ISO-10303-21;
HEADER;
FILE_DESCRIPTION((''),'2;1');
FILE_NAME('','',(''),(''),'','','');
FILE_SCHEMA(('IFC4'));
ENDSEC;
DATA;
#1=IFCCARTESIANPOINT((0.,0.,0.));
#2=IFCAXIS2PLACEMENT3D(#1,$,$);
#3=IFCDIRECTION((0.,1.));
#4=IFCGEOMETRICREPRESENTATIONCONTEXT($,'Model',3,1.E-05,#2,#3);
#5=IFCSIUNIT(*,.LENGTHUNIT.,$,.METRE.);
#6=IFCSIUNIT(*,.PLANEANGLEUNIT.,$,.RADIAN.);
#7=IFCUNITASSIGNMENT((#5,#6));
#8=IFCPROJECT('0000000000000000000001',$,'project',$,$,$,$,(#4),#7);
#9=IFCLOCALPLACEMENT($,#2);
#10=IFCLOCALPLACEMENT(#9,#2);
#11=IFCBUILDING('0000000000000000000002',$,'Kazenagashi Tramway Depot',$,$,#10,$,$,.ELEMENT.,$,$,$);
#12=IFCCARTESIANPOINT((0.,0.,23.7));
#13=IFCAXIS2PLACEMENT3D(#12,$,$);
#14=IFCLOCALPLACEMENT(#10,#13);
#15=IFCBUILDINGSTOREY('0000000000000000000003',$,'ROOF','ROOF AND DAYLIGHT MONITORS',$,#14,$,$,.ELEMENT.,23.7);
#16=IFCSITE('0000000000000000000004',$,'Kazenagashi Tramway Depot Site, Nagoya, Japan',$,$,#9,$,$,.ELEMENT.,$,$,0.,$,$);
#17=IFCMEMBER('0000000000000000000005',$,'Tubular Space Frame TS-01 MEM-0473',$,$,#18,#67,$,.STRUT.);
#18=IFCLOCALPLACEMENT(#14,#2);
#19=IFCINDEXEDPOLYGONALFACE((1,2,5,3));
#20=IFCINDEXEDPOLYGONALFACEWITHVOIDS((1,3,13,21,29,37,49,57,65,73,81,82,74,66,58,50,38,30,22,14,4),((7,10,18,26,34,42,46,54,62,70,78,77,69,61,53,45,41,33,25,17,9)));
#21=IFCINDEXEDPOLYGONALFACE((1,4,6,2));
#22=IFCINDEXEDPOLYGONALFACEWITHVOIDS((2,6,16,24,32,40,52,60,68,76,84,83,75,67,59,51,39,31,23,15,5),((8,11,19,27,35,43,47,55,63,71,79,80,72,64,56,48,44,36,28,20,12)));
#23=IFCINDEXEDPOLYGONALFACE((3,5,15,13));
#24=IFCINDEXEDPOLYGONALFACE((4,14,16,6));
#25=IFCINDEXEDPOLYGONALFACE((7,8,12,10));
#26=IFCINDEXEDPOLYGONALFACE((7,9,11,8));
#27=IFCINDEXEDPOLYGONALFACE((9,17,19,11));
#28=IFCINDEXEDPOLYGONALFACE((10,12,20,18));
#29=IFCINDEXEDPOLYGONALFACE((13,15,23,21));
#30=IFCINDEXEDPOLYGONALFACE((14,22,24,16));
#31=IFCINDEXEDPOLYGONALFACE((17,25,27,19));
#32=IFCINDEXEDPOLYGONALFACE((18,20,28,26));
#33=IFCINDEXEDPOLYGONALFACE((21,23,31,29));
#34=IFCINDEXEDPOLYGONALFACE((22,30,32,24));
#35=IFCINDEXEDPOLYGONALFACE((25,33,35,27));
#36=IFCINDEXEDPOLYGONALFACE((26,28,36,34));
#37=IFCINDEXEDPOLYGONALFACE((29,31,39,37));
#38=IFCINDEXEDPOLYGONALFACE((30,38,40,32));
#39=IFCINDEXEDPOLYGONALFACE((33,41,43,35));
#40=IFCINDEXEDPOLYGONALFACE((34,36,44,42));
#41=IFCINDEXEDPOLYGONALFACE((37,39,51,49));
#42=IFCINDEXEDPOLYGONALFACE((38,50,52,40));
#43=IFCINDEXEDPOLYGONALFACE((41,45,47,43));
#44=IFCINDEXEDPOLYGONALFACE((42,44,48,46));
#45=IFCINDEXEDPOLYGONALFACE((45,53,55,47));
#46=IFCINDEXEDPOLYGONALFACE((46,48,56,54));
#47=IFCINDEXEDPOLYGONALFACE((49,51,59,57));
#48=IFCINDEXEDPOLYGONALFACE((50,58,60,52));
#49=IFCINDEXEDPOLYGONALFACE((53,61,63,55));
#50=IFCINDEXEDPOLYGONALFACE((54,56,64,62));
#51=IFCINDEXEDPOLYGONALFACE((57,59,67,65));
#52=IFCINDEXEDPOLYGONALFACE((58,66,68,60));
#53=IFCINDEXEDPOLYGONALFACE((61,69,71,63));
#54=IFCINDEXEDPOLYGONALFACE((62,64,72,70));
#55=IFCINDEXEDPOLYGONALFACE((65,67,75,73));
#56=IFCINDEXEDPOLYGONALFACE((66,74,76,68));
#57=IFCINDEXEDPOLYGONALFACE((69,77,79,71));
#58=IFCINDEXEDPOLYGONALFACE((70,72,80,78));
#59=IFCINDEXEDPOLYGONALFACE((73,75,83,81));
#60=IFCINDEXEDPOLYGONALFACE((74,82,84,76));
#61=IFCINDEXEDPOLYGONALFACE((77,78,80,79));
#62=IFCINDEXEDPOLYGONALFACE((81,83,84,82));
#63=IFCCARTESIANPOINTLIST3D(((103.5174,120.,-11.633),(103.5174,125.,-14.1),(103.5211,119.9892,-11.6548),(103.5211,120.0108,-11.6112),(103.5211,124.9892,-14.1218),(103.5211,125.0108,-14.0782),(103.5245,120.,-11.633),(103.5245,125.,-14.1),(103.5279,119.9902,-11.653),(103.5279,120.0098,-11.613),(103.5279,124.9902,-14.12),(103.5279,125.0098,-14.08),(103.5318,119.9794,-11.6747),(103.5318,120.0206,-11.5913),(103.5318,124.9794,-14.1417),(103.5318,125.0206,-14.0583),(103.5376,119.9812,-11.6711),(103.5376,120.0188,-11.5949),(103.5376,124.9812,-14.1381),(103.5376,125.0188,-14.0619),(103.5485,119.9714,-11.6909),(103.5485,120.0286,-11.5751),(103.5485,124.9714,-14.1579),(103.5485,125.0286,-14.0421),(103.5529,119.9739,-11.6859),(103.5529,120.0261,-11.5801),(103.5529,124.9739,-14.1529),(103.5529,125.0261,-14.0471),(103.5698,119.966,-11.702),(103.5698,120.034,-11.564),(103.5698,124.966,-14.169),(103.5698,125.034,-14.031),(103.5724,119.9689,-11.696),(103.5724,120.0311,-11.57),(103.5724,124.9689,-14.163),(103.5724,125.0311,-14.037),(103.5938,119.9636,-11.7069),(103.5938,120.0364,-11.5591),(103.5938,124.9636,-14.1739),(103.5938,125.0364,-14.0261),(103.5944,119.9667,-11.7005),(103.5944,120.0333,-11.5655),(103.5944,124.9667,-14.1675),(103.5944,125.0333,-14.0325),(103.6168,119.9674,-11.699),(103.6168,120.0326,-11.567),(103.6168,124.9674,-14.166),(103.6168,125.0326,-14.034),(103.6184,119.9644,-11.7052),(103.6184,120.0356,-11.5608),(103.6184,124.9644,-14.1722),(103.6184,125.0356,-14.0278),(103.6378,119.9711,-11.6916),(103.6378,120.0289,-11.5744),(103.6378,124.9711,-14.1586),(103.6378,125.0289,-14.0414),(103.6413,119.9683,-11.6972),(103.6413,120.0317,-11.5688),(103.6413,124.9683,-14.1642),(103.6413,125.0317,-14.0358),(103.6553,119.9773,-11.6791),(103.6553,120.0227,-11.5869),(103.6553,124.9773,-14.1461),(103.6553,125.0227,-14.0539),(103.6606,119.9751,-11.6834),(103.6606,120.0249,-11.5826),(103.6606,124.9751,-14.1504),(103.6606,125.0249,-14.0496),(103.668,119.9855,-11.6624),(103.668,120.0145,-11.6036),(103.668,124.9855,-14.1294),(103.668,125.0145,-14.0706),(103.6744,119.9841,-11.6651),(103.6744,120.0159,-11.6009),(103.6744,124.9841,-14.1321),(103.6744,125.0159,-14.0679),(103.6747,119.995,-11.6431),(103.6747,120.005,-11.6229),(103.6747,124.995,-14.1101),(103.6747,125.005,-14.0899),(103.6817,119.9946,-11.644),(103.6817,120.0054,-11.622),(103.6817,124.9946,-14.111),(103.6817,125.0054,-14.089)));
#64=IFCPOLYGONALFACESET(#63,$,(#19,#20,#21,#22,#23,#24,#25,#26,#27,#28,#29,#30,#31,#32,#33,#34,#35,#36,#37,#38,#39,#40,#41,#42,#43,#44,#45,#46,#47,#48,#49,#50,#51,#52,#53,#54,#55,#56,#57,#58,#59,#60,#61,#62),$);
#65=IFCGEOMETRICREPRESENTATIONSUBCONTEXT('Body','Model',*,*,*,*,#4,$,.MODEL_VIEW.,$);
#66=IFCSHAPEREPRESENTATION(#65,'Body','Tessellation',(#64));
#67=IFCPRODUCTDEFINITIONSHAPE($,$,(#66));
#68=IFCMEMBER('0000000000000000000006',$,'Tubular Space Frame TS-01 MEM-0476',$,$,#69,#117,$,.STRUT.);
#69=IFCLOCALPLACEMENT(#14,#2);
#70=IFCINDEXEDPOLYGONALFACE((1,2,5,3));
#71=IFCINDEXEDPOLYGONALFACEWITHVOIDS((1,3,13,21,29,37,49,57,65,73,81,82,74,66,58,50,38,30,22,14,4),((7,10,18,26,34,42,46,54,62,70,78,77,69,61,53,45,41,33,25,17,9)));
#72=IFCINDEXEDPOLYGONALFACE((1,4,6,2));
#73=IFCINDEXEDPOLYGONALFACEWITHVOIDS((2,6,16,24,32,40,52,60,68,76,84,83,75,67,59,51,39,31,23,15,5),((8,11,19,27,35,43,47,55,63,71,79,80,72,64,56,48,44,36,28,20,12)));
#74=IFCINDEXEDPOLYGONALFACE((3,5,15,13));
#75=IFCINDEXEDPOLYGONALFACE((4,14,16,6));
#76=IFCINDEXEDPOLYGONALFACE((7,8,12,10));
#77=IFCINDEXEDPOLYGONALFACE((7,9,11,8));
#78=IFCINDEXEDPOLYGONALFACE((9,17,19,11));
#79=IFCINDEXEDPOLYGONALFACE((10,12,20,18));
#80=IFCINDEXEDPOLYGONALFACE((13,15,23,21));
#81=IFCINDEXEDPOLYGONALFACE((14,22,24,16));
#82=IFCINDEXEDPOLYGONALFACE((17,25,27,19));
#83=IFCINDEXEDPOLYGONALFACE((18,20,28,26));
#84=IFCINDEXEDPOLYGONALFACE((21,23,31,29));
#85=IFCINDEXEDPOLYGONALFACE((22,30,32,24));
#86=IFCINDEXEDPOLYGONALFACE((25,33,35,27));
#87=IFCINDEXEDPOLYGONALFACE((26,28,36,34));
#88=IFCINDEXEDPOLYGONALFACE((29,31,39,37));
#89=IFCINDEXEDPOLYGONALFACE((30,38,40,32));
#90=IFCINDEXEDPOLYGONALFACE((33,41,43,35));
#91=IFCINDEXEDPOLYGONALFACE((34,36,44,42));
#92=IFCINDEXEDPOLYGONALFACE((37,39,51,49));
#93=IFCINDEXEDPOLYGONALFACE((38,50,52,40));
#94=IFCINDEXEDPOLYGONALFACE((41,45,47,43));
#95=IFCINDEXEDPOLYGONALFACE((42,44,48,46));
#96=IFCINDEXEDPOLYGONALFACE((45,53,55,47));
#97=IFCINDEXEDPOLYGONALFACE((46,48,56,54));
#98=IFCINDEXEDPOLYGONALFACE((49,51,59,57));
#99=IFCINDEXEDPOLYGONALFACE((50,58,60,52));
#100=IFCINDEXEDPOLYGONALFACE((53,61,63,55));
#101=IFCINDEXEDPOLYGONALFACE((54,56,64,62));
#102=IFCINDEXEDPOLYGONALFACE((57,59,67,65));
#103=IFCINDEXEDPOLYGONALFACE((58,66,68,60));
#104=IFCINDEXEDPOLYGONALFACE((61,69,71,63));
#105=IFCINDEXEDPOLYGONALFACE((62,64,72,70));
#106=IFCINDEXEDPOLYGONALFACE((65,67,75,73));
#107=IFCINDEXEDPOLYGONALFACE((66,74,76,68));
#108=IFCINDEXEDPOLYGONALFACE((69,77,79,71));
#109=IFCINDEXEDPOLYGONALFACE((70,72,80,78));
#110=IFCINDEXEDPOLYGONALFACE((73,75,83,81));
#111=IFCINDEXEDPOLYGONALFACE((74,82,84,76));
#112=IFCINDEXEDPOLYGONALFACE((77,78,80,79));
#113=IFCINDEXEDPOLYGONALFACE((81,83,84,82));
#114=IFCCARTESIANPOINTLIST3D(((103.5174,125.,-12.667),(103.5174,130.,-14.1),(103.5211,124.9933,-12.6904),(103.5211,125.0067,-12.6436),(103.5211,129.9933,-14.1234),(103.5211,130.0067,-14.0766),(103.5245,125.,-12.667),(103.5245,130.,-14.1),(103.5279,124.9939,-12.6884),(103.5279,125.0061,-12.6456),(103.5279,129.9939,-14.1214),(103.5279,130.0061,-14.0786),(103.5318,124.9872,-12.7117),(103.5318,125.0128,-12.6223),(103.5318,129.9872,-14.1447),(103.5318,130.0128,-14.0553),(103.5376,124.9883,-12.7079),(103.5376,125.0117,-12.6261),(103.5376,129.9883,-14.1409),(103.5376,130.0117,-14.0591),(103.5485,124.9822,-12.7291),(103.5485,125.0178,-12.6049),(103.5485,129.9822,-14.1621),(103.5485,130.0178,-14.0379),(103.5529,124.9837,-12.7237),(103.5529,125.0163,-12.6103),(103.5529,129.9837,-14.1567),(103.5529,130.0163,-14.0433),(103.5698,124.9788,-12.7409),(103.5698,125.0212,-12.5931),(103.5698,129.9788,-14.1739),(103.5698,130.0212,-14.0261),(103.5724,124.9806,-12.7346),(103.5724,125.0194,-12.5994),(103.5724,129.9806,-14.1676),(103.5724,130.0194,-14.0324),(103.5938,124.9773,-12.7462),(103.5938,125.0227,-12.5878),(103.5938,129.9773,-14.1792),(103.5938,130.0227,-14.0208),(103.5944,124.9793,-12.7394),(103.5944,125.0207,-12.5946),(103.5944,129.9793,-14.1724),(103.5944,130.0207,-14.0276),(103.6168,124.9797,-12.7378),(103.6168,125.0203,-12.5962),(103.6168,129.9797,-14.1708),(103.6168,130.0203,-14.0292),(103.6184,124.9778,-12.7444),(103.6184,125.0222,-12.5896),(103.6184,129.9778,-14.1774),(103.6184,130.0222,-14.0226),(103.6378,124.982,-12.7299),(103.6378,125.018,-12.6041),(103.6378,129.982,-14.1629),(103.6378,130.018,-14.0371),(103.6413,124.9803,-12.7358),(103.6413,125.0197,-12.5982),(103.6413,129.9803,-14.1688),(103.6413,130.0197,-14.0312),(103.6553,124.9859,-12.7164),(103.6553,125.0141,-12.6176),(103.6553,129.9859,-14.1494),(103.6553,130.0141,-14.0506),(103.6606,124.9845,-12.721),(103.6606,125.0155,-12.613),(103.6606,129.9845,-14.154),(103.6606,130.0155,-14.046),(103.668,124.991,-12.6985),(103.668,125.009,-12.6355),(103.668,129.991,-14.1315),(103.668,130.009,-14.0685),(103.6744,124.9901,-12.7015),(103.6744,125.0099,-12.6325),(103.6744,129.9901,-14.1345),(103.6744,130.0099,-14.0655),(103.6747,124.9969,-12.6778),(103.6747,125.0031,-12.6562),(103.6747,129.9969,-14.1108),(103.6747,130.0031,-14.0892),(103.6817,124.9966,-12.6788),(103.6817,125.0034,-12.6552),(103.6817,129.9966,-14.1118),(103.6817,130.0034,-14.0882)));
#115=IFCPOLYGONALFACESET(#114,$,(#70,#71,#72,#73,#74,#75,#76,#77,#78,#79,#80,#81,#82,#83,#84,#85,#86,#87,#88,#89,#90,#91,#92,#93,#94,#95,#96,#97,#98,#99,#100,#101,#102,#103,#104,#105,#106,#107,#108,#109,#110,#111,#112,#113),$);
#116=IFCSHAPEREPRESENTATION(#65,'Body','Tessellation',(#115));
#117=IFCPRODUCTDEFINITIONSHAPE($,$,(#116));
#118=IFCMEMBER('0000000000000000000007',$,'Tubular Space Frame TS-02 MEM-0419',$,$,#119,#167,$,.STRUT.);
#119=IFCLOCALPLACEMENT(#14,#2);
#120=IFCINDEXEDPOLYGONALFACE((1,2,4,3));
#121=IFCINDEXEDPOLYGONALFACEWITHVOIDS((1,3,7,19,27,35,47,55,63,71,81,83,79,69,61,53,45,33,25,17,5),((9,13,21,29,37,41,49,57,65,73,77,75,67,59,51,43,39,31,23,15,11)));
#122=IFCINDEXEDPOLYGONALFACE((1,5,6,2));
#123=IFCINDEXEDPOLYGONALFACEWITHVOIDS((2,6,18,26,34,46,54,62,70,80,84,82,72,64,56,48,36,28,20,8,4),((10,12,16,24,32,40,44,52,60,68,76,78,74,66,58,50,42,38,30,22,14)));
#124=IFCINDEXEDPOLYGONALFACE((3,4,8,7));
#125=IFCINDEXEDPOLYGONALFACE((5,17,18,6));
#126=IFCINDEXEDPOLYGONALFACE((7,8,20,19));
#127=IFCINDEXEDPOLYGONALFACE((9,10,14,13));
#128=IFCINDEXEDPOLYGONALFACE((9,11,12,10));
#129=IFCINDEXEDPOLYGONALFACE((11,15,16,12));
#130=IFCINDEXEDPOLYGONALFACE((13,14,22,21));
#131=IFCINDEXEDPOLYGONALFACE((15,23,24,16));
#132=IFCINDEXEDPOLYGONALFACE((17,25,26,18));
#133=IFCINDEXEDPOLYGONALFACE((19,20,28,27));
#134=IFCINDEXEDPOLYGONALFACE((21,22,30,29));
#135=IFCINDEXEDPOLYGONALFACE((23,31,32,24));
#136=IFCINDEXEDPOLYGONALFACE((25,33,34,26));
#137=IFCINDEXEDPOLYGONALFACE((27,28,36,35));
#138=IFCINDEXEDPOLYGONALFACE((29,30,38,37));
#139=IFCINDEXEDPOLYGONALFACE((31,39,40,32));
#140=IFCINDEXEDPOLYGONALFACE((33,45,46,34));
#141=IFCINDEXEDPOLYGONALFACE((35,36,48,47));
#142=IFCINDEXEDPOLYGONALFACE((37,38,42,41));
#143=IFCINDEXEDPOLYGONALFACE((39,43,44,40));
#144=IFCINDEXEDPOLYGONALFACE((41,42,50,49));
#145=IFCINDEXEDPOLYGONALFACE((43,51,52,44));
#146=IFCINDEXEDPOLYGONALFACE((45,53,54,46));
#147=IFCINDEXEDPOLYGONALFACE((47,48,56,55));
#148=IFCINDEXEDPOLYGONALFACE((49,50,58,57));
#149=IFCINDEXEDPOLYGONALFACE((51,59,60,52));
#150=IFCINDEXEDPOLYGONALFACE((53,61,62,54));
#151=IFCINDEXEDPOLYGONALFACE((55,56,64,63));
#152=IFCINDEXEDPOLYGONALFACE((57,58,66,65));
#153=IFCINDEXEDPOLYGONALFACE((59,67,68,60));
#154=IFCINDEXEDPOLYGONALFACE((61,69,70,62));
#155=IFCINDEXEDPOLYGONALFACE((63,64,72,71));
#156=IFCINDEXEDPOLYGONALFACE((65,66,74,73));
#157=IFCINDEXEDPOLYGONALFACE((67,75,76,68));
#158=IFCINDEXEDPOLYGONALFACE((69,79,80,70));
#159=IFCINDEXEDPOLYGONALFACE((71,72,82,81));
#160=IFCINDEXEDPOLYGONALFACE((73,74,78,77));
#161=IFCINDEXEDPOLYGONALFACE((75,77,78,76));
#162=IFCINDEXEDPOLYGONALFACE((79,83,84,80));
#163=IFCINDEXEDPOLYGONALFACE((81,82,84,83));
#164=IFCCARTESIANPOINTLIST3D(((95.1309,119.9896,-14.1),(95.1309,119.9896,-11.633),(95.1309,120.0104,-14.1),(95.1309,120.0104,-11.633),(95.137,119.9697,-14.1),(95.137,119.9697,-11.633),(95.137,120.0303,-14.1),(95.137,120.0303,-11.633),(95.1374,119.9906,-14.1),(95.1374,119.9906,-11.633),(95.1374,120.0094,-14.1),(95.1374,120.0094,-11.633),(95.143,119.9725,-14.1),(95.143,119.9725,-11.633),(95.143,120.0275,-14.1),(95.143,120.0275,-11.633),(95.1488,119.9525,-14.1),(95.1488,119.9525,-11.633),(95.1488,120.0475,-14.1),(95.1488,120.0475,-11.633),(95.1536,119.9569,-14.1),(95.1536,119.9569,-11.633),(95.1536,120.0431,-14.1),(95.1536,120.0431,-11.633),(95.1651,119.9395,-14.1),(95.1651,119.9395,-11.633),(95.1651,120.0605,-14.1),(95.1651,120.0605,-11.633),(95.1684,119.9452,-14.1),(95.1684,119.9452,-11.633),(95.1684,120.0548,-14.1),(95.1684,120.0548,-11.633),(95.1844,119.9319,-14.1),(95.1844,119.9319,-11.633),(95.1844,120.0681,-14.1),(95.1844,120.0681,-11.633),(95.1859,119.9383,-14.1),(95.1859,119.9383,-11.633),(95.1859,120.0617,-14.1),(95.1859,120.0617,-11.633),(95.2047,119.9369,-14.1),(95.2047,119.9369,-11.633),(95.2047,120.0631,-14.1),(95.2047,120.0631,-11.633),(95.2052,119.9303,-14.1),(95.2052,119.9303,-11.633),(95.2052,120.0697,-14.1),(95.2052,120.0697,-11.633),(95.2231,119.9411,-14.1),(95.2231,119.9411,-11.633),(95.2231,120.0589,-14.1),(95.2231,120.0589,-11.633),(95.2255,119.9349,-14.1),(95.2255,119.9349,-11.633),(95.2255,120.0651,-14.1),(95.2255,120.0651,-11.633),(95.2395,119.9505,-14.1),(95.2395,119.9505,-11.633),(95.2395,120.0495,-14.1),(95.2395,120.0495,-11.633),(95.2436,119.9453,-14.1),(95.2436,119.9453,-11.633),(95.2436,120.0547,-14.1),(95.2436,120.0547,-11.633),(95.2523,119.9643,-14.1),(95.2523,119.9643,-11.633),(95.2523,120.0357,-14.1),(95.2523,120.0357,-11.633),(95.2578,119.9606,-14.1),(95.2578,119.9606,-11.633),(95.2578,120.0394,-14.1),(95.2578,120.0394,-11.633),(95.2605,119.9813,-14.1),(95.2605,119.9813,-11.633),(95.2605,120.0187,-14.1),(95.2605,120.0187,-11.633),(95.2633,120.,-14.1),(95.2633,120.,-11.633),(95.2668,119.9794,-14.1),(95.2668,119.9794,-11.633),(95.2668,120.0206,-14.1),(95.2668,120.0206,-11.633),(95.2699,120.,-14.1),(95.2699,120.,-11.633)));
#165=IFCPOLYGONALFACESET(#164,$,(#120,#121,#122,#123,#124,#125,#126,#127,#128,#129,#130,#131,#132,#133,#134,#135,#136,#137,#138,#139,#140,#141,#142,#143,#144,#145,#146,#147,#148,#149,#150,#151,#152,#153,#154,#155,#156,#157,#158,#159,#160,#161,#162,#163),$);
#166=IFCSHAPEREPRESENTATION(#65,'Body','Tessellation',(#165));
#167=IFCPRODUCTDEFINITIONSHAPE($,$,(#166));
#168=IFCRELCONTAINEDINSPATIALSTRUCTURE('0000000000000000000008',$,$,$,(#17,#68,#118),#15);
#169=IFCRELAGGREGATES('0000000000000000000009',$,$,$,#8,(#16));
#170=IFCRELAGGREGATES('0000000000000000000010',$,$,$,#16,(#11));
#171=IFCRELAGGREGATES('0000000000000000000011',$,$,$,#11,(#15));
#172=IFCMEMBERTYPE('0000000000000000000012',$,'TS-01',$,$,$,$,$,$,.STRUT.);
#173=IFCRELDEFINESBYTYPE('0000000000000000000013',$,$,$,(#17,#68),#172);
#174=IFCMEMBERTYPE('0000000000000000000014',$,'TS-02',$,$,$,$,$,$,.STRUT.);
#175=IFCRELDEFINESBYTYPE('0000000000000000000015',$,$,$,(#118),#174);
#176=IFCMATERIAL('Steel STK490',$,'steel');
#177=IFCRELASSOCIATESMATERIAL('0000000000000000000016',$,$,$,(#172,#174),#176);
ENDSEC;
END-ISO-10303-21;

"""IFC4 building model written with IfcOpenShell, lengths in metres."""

from ifc_helpers import new_model, si_unit, direction, frame, origin, origin_2d, place, context, subcontext, project, spatial, hollow_circle, extrude, material, material_profile, profile_set, type_object, element, save


model = new_model("IFC4")

# Units and contexts
model_context = context("Model", 3, precision=1e-05, world=origin(), true_north=direction((0.0, 1.0)))
body_context = subcontext(model_context, "Body", "Model", "MODEL_VIEW")
ifc_project = project(units=[si_unit("LENGTHUNIT", "METRE"), si_unit("PLANEANGLEUNIT", "RADIAN")], contexts=[model_context])

# Site, building, storey
site_placement = place(None, origin())
site = spatial("IfcSite", under=ifc_project, at=site_placement, Name="Kazenagashi Tramway Depot Site, Nagoya, Japan", CompositionType="ELEMENT", RefElevation=0.0)
building_placement = place(site_placement, origin())
building = spatial("IfcBuilding", under=site, at=building_placement, Name="Kazenagashi Tramway Depot", CompositionType="ELEMENT")
storey_placement = place(building_placement, frame((0.0, 0.0, 23.7)))
storey = spatial("IfcBuildingStorey", under=building, at=storey_placement, Name="ROOF", Description="ROOF AND DAYLIGHT MONITORS", CompositionType="ELEMENT", Elevation=23.7)

# Members
ifc_material_1 = material(Name="Steel STK490", Category="steel")
ifc_material_profile_1 = material_profile(ifc_material_1, hollow_circle(Radius=0.0826, WallThickness=0.0071, at=origin_2d()), Name="CHS-165.2x7.1")
ifc_profile_set_1 = profile_set([ifc_material_profile_1], Name="Steel STK490")
member_type_1 = type_object("IfcMemberType", Name="TS-01", PredefinedType="STRUT", material=ifc_profile_set_1)
member_1_placement = place(storey_placement, frame((103.6, 120.0, -11.633), z_axis=(0.0, 0.896782, -0.442472), x_axis=(-1.0, 0.0, 0.0)))
element("IfcMember", 1, at=member_1_placement, inside=storey, type_object=member_type_1, Name="Tubular Space Frame TS-01 MEM-0473", PredefinedType="STRUT", context=body_context, shape_type="SweptSolid", body=[
    extrude(hollow_circle(Radius=0.0826, WallThickness=0.0071, at=origin_2d()), origin(), (0.0, 0.0, 1.0), 5.5755),
])
member_2_placement = place(storey_placement, frame((103.6, 125.0, -12.667), z_axis=(0.0, 0.961299, -0.275508), x_axis=(-1.0, 0.0, 0.0)))
element("IfcMember", 2, at=member_2_placement, inside=storey, type_object=member_type_1, Name="Tubular Space Frame TS-01 MEM-0476", PredefinedType="STRUT", context=body_context, shape_type="SweptSolid", body=[
    extrude(hollow_circle(Radius=0.0826, WallThickness=0.0071, at=origin_2d()), origin(), (0.0, 0.0, 1.0), 5.2013),
])
ifc_material_profile_2 = material_profile(ifc_material_1, hollow_circle(Radius=0.0699, WallThickness=0.0066, at=origin_2d()), Name="CHS-139.8x6.6")
ifc_profile_set_2 = profile_set([ifc_material_profile_2], Name="Steel STK490")
member_type_2 = type_object("IfcMemberType", Name="TS-02", PredefinedType="STRUT", material=ifc_profile_set_2)
member_3_placement = place(storey_placement, frame((95.2, 120.0, -14.1), z_axis=(0.0, 0.0, 1.0), x_axis=(1.0, 0.0, 0.0)))
element("IfcMember", 3, at=member_3_placement, inside=storey, type_object=member_type_2, Name="Tubular Space Frame TS-02 MEM-0419", PredefinedType="STRUT", context=body_context, shape_type="SweptSolid", body=[
    extrude(hollow_circle(Radius=0.0699, WallThickness=0.0066, at=origin_2d()), origin(), (0.0, 0.0, 1.0), 2.467),
])

save(model, "model.ifc")
